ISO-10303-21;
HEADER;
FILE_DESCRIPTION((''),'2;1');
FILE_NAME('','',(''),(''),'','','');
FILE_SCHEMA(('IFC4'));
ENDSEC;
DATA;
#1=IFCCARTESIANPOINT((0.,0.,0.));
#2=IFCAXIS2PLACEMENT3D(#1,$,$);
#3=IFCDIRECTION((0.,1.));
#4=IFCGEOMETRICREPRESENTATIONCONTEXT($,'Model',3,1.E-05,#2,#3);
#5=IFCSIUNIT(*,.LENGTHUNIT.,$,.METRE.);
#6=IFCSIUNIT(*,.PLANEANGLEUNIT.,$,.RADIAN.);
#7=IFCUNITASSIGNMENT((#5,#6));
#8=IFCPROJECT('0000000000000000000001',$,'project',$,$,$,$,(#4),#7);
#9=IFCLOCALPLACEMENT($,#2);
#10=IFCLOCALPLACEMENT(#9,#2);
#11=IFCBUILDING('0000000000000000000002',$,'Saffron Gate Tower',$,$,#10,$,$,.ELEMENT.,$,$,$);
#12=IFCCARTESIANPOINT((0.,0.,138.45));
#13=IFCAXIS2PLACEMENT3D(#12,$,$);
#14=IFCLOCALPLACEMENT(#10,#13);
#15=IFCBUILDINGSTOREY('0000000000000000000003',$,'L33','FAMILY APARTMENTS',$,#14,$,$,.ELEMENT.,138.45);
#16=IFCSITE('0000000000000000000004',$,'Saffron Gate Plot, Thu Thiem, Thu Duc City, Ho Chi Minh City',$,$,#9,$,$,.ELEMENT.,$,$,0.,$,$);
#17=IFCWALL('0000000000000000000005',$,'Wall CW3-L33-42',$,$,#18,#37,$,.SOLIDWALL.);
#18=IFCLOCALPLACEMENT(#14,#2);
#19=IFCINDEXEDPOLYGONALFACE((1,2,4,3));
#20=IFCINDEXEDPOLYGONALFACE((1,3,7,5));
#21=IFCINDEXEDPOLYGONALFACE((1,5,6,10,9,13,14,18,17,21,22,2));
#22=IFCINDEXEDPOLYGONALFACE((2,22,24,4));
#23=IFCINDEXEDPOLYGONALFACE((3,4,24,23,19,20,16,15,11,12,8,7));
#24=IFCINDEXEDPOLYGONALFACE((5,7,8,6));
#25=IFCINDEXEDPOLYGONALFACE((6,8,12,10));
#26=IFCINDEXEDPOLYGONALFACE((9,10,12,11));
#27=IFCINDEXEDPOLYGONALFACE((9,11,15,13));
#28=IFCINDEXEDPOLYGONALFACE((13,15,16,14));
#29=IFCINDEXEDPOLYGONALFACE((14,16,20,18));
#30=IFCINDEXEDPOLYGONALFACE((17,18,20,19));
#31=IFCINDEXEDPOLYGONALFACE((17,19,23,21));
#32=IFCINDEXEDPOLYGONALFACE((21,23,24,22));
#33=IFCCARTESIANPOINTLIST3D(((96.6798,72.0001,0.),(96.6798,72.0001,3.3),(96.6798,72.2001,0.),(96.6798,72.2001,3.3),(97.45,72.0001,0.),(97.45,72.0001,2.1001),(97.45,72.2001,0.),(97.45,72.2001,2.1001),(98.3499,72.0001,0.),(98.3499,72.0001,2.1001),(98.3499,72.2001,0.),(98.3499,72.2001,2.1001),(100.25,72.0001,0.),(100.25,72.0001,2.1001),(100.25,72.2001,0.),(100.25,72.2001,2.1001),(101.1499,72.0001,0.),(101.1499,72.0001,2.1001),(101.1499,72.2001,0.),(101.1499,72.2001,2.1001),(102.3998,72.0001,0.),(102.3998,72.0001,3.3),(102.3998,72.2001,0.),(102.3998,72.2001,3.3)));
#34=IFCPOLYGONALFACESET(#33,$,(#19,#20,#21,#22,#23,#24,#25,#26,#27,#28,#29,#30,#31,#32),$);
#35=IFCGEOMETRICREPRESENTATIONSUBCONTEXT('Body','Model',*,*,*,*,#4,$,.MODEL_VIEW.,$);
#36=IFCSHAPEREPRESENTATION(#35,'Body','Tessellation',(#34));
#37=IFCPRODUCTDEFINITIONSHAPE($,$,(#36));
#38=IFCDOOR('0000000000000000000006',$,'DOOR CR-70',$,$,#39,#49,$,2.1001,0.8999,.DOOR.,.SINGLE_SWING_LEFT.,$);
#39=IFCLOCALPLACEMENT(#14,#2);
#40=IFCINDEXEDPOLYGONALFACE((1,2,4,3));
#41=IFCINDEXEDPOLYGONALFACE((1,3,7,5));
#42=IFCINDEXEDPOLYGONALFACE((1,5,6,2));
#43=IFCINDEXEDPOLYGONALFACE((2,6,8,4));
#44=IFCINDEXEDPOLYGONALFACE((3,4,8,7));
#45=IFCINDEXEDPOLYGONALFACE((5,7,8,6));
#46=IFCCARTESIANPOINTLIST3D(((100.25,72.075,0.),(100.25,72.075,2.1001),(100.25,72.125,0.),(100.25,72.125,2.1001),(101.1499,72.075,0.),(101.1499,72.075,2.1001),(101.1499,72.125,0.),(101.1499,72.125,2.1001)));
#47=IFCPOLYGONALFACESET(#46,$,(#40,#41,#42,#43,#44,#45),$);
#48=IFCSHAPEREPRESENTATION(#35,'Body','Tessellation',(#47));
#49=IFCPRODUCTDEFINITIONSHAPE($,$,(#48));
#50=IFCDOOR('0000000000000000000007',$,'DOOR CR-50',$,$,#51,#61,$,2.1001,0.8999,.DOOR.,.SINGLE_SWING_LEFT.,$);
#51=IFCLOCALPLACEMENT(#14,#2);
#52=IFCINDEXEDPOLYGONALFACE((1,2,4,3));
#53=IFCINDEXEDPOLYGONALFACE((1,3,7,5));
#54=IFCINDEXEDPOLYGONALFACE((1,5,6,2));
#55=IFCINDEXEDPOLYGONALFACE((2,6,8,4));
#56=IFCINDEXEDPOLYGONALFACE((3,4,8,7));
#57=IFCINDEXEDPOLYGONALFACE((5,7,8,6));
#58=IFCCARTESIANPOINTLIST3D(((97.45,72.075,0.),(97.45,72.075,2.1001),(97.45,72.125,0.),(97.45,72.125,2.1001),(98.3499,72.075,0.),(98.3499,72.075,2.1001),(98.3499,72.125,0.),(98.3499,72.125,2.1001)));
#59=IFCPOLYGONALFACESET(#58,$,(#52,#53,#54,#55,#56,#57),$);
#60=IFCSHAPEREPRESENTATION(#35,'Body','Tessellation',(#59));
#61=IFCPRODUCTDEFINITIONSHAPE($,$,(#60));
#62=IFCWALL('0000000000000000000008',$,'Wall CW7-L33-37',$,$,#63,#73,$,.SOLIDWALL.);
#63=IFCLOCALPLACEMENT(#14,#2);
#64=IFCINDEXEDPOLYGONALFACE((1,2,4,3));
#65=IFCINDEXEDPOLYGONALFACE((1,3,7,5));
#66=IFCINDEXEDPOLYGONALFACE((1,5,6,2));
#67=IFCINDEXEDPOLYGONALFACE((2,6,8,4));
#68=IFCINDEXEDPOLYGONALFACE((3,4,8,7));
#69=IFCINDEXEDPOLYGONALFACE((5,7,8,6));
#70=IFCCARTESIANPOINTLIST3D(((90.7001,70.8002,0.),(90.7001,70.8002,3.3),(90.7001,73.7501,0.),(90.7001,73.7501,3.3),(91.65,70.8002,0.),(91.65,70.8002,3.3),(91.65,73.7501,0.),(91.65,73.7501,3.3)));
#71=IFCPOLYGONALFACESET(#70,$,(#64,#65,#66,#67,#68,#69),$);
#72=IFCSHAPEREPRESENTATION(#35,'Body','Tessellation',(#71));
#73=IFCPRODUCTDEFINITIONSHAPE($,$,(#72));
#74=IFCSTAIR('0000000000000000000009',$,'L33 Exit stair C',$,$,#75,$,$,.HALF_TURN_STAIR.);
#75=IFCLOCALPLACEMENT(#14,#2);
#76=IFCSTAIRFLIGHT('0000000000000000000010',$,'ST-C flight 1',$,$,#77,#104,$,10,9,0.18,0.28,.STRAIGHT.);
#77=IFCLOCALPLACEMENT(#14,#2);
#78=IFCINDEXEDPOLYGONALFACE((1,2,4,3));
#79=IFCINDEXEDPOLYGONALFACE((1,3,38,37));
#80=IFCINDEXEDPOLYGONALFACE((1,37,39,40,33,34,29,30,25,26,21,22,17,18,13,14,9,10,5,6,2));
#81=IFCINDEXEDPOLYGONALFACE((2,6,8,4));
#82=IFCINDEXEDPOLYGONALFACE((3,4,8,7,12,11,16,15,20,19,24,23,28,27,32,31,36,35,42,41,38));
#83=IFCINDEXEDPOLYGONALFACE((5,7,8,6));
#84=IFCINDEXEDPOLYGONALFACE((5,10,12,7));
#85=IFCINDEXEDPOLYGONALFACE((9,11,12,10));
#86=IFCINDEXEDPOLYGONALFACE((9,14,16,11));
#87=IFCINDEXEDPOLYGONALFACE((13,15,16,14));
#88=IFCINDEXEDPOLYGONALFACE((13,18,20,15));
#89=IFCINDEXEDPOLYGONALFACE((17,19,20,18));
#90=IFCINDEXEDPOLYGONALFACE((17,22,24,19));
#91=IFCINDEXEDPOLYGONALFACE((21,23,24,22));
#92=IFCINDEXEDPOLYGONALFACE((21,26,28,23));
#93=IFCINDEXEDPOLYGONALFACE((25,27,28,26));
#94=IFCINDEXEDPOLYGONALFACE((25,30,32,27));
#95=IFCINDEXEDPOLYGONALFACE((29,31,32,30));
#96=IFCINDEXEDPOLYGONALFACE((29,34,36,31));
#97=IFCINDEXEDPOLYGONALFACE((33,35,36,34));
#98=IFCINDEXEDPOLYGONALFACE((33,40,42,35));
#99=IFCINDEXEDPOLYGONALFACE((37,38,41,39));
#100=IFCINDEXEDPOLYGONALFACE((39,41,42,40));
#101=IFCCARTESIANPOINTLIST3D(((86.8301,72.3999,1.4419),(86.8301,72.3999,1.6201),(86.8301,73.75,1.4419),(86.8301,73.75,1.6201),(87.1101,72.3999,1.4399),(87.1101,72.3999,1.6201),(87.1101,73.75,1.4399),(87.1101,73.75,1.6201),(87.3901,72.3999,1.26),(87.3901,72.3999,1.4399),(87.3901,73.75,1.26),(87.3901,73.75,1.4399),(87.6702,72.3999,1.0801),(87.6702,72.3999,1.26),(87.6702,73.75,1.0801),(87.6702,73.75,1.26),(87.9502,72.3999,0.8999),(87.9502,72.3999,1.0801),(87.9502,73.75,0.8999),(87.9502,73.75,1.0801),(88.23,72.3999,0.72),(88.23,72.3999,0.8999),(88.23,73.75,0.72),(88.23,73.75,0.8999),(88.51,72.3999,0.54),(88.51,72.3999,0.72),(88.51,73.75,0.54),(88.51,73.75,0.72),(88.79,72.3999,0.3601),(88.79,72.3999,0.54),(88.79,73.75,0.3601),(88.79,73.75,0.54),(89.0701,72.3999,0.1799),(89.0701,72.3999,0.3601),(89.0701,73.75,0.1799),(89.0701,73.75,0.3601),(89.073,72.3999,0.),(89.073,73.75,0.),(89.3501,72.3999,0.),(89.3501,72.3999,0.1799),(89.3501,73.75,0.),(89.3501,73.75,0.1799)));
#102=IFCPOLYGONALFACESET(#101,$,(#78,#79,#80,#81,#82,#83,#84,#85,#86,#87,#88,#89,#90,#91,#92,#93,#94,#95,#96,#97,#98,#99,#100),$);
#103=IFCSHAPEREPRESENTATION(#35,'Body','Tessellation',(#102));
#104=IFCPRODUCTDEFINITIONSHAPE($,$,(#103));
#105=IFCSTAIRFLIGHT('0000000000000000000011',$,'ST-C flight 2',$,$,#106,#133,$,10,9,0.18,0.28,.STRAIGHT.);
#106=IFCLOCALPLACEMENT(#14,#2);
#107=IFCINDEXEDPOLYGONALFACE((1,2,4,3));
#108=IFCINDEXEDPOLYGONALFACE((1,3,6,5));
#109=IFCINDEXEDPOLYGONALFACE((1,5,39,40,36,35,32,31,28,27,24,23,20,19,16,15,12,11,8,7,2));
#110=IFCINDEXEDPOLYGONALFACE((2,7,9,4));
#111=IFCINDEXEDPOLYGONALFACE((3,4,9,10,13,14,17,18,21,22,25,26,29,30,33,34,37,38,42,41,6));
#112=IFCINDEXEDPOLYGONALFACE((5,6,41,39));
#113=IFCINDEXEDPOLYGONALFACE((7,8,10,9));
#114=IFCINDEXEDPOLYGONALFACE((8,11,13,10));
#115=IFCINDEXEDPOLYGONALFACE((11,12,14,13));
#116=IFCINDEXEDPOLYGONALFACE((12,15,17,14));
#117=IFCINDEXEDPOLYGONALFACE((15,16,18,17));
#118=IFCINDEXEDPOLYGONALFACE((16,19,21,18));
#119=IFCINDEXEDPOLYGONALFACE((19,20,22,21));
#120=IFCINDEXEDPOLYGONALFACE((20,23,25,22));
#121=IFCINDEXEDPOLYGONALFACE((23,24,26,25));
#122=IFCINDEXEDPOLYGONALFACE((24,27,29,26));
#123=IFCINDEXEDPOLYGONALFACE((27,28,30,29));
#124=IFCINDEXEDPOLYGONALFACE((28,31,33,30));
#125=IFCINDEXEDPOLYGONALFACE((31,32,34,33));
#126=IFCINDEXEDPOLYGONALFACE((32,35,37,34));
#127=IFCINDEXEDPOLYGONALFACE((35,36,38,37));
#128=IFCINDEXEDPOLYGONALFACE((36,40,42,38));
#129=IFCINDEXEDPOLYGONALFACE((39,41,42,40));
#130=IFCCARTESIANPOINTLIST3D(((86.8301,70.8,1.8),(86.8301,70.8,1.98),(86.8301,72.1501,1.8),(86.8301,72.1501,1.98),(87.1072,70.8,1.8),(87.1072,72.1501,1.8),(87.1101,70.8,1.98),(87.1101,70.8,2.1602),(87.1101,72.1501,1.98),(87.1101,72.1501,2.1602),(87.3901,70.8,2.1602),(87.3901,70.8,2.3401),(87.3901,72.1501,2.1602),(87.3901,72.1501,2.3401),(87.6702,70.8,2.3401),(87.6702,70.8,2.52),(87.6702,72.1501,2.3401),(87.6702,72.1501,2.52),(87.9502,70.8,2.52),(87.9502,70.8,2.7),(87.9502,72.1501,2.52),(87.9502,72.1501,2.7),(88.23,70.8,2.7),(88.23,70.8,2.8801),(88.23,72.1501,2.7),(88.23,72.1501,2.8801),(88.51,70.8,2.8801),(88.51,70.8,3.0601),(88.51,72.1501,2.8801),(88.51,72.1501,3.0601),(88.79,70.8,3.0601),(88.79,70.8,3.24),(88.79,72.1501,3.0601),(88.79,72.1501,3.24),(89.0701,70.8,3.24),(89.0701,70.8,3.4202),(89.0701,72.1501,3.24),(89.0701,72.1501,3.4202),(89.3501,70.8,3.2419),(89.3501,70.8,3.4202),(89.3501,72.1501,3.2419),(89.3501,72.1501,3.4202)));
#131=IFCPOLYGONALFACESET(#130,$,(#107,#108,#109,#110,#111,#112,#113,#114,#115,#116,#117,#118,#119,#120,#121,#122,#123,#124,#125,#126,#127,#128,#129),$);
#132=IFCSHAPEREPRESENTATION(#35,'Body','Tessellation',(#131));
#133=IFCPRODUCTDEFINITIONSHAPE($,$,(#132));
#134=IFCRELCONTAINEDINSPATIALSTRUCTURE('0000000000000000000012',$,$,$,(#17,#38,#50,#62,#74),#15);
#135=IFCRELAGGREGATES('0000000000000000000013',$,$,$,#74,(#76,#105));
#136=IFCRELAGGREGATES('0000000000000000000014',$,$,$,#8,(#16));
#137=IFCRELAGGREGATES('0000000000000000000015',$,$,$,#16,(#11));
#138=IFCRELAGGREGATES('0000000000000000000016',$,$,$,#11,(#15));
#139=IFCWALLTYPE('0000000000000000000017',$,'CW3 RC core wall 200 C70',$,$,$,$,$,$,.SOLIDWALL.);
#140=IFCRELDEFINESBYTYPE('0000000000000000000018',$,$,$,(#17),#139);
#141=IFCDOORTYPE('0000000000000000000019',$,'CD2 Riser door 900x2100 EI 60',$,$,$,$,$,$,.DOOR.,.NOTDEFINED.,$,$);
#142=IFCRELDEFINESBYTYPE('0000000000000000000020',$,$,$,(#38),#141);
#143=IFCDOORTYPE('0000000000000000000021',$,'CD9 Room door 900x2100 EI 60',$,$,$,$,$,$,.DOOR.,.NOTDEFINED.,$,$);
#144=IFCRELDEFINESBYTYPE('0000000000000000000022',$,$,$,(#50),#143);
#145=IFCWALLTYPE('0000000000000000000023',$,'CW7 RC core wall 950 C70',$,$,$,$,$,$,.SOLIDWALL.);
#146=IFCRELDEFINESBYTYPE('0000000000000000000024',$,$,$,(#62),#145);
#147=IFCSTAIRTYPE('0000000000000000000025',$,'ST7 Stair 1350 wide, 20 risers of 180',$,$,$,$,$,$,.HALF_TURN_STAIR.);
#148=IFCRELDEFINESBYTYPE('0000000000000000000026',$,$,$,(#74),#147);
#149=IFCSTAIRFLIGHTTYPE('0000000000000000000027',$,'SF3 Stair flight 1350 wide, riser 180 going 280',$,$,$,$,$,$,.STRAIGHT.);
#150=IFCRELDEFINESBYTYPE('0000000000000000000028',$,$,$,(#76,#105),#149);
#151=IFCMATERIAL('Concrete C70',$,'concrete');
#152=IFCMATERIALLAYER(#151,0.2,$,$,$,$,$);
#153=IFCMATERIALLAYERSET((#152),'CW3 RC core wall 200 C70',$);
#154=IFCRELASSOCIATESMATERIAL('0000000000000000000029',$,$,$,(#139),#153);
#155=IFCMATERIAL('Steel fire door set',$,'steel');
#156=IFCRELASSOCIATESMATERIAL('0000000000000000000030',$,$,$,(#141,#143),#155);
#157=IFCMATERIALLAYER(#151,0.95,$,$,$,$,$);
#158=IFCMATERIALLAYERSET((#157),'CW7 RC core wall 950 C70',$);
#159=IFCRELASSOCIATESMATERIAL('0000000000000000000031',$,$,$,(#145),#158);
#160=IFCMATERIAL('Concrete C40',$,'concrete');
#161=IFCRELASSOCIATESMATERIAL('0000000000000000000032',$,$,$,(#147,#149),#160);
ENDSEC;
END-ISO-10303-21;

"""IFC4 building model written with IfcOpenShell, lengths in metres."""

from ifc_helpers import new_model, si_unit, direction, frame, frame_2d, origin, place, context, subcontext, project, spatial, polyline, rectangle, outline, extrude, material, layer, layer_set, type_object, element, fill, aggregate, save


model = new_model("IFC4")

# Units and contexts
model_context = context("Model", 3, precision=1e-05, world=origin(), true_north=direction((0.0, 1.0)))
body_context = subcontext(model_context, "Body", "Model", "MODEL_VIEW")
ifc_project = project(units=[si_unit("LENGTHUNIT", "METRE"), si_unit("PLANEANGLEUNIT", "RADIAN")], contexts=[model_context])

# Site, building, storey
site_placement = place(None, origin())
site = spatial("IfcSite", under=ifc_project, at=site_placement, Name="Saffron Gate Plot, Thu Thiem, Thu Duc City, Ho Chi Minh City", CompositionType="ELEMENT", RefElevation=0.0)
building_placement = place(site_placement, origin())
building = spatial("IfcBuilding", under=site, at=building_placement, Name="Saffron Gate Tower", CompositionType="ELEMENT")
storey_placement = place(building_placement, frame((0.0, 0.0, 138.45)))
storey = spatial("IfcBuildingStorey", under=building, at=storey_placement, Name="L33", Description="FAMILY APARTMENTS", CompositionType="ELEMENT", Elevation=138.45)

# Shared definitions
ifc_material_1 = material(Name="Concrete C70", Category="concrete")

# Shared definitions
ifc_material_2 = material(Name="Steel fire door set", Category="steel")

# Shared definitions
ifc_layer_1 = layer(ifc_material_1, 0.2)
ifc_layer_set_1 = layer_set([ifc_layer_1], Name="CW3 RC core wall 200 C70")
wall_type_1 = type_object("IfcWallType", Name="CW3 RC core wall 200 C70", PredefinedType="SOLIDWALL", material=ifc_layer_set_1)

# Shared definitions
door_type_1 = type_object("IfcDoorType", Name="CD2 Riser door 900x2100 EI 60", OperationType="NOTDEFINED", PredefinedType="DOOR", material=ifc_material_2)

# Wall, openings, doors
wall_1_placement = place(storey_placement, frame((96.6799, 72.1001, 0.0), z_axis=(0.0, 0.0, 1.0), x_axis=(1.0, 0.0, 0.0)))
wall_1 = element("IfcWall", 1, at=wall_1_placement, inside=storey, type_object=wall_type_1, Name="Wall CW3-L33-42", PredefinedType="SOLIDWALL", context=body_context, shape_type="SweptSolid", body=[
    extrude(rectangle(XDim=5.72, YDim=0.2, at=frame_2d((2.8599, 0.0))), origin(), (0.0, 0.0, 1.0), 3.3),
])
opening_1_placement = place(wall_1_placement, frame((0.77, 0.0, 0.0)))
opening_1 = element("IfcOpeningElement", 2, at=opening_1_placement, cuts=wall_1, PredefinedType="OPENING", context=body_context, shape_type="SweptSolid", body=[
    extrude(rectangle(XDim=0.8999, YDim=2.1001, at=frame_2d((0.45, 1.05))), frame((0.0, 0.1099, 0.0), z_axis=(0.0, -1.0, 0.0), x_axis=(1.0, 0.0, 0.0)), (0.0, 0.0, 1.0), 0.22),
])
opening_2_placement = place(wall_1_placement, frame((3.5701, 0.0, 0.0)))
opening_2 = element("IfcOpeningElement", 3, at=opening_2_placement, cuts=wall_1, PredefinedType="OPENING", context=body_context, shape_type="SweptSolid", body=[
    extrude(rectangle(XDim=0.8999, YDim=2.1001, at=frame_2d((0.45, 1.05))), frame((0.0, 0.1099, 0.0), z_axis=(0.0, -1.0, 0.0), x_axis=(1.0, 0.0, 0.0)), (0.0, 0.0, 1.0), 0.22),
])
door_1_placement = place(opening_2_placement, origin())
door_1 = element("IfcDoor", 4, at=door_1_placement, inside=storey, type_object=door_type_1, Name="DOOR CR-70", OperationType="SINGLE_SWING_LEFT", OverallHeight=2.1001, OverallWidth=0.8999, PredefinedType="DOOR", context=body_context, shape_type="SweptSolid", body=[
    extrude(rectangle(XDim=0.8999, YDim=2.1001, at=frame_2d((0.45, 1.05))), frame((0.0, 0.0249, 0.0), z_axis=(0.0, -1.0, 0.0), x_axis=(1.0, 0.0, 0.0)), (0.0, 0.0, 1.0), 0.05),
])
fill(opening_2, door_1)
door_type_2 = type_object("IfcDoorType", Name="CD9 Room door 900x2100 EI 60", OperationType="NOTDEFINED", PredefinedType="DOOR", material=ifc_material_2)
door_2_placement = place(opening_1_placement, origin())
door_2 = element("IfcDoor", 5, at=door_2_placement, inside=storey, type_object=door_type_2, Name="DOOR CR-50", OperationType="SINGLE_SWING_LEFT", OverallHeight=2.1001, OverallWidth=0.8999, PredefinedType="DOOR", context=body_context, shape_type="SweptSolid", body=[
    extrude(rectangle(XDim=0.8999, YDim=2.1001, at=frame_2d((0.45, 1.05))), frame((0.0, 0.0249, 0.0), z_axis=(0.0, -1.0, 0.0), x_axis=(1.0, 0.0, 0.0)), (0.0, 0.0, 1.0), 0.05),
])
fill(opening_1, door_2)

# Wall
ifc_layer_2 = layer(ifc_material_1, 0.95)
ifc_layer_set_2 = layer_set([ifc_layer_2], Name="CW7 RC core wall 950 C70")
wall_type_2 = type_object("IfcWallType", Name="CW7 RC core wall 950 C70", PredefinedType="SOLIDWALL", material=ifc_layer_set_2)
wall_2_placement = place(storey_placement, frame((91.175, 70.8, 0.0), z_axis=(0.0, 0.0, 1.0), x_axis=(0.0, 1.0, 0.0)))
element("IfcWall", 6, at=wall_2_placement, inside=storey, type_object=wall_type_2, Name="Wall CW7-L33-37", PredefinedType="SOLIDWALL", context=body_context, shape_type="SweptSolid", body=[
    extrude(rectangle(XDim=2.95, YDim=0.95, at=frame_2d((1.4751, 0.0))), origin(), (0.0, 0.0, 1.0), 3.3),
])

# Stair, stair flights
ifc_material_3 = material(Name="Concrete C40", Category="concrete")
stair_type = type_object("IfcStairType", Name="ST7 Stair 1350 wide, 20 risers of 180", PredefinedType="HALF_TURN_STAIR", material=ifc_material_3)
stair_placement = place(storey_placement, origin())
stair = element("IfcStair", 7, at=stair_placement, inside=storey, type_object=stair_type, Name="L33 Exit stair C", PredefinedType="HALF_TURN_STAIR")
stair_flight_type = type_object("IfcStairFlightType", Name="SF3 Stair flight 1350 wide, riser 180 going 280", PredefinedType="STRAIGHT", material=ifc_material_3)
stair_flight_1_placement = place(storey_placement, frame((89.3501, 73.075, 0.0), z_axis=(0.0, 0.0, 1.0), x_axis=(-1.0, 0.0, 0.0)))
stair_flight_1 = element("IfcStairFlight", 8, at=stair_flight_1_placement, type_object=stair_flight_type, Name="ST-C flight 1", NumberOfRisers=10, NumberOfTreads=9, PredefinedType="STRAIGHT", RiserHeight=0.18, TreadLength=0.28, context=body_context, shape_type="SweptSolid", body=[
    extrude(outline(polyline([(0.0, 0.0), (0.0, 0.1799), (0.28, 0.1799), (0.28, 0.3601), (0.5601, 0.3601), (0.5601, 0.54), (0.8401, 0.54), (0.8401, 0.72), (1.1201, 0.72), (1.1201, 0.8999), (1.3999, 0.8999), (1.3999, 1.0801), (1.6799, 1.0801), (1.6799, 1.26), (1.96, 1.26), (1.96, 1.4399), (2.24, 1.4399), (2.24, 1.6201), (2.52, 1.6201), (2.52, 1.8), (2.52, 1.4419), (0.2771, 0.0), (0.0, 0.0)])), frame((0.0, 0.675, 0.0), z_axis=(0.0, -1.0, 0.0), x_axis=(1.0, 0.0, 0.0)), (0.0, 0.0, 1.0), 1.3501),
])
stair_flight_2_placement = place(storey_placement, frame((86.8301, 71.4751, 1.8), z_axis=(0.0, 0.0, 1.0), x_axis=(1.0, 0.0, 0.0)))
stair_flight_2 = element("IfcStairFlight", 9, at=stair_flight_2_placement, type_object=stair_flight_type, Name="ST-C flight 2", NumberOfRisers=10, NumberOfTreads=9, PredefinedType="STRAIGHT", RiserHeight=0.18, TreadLength=0.28, context=body_context, shape_type="SweptSolid", body=[
    extrude(outline(polyline([(0.0, 0.0), (0.0, 0.1799), (0.28, 0.1799), (0.28, 0.3601), (0.5601, 0.3601), (0.5601, 0.54), (0.8401, 0.54), (0.8401, 0.72), (1.1201, 0.72), (1.1201, 0.8999), (1.3999, 0.8999), (1.3999, 1.0801), (1.6799, 1.0801), (1.6799, 1.26), (1.96, 1.26), (1.96, 1.4399), (2.24, 1.4399), (2.24, 1.6201), (2.52, 1.6201), (2.52, 1.8), (2.52, 1.4419), (0.2771, 0.0), (0.0, 0.0)])), frame((0.0, 0.675, 0.0), z_axis=(0.0, -1.0, 0.0), x_axis=(1.0, 0.0, 0.0)), (0.0, 0.0, 1.0), 1.3501),
])
aggregate(stair, [stair_flight_1, stair_flight_2])

save(model, "model.ifc")
